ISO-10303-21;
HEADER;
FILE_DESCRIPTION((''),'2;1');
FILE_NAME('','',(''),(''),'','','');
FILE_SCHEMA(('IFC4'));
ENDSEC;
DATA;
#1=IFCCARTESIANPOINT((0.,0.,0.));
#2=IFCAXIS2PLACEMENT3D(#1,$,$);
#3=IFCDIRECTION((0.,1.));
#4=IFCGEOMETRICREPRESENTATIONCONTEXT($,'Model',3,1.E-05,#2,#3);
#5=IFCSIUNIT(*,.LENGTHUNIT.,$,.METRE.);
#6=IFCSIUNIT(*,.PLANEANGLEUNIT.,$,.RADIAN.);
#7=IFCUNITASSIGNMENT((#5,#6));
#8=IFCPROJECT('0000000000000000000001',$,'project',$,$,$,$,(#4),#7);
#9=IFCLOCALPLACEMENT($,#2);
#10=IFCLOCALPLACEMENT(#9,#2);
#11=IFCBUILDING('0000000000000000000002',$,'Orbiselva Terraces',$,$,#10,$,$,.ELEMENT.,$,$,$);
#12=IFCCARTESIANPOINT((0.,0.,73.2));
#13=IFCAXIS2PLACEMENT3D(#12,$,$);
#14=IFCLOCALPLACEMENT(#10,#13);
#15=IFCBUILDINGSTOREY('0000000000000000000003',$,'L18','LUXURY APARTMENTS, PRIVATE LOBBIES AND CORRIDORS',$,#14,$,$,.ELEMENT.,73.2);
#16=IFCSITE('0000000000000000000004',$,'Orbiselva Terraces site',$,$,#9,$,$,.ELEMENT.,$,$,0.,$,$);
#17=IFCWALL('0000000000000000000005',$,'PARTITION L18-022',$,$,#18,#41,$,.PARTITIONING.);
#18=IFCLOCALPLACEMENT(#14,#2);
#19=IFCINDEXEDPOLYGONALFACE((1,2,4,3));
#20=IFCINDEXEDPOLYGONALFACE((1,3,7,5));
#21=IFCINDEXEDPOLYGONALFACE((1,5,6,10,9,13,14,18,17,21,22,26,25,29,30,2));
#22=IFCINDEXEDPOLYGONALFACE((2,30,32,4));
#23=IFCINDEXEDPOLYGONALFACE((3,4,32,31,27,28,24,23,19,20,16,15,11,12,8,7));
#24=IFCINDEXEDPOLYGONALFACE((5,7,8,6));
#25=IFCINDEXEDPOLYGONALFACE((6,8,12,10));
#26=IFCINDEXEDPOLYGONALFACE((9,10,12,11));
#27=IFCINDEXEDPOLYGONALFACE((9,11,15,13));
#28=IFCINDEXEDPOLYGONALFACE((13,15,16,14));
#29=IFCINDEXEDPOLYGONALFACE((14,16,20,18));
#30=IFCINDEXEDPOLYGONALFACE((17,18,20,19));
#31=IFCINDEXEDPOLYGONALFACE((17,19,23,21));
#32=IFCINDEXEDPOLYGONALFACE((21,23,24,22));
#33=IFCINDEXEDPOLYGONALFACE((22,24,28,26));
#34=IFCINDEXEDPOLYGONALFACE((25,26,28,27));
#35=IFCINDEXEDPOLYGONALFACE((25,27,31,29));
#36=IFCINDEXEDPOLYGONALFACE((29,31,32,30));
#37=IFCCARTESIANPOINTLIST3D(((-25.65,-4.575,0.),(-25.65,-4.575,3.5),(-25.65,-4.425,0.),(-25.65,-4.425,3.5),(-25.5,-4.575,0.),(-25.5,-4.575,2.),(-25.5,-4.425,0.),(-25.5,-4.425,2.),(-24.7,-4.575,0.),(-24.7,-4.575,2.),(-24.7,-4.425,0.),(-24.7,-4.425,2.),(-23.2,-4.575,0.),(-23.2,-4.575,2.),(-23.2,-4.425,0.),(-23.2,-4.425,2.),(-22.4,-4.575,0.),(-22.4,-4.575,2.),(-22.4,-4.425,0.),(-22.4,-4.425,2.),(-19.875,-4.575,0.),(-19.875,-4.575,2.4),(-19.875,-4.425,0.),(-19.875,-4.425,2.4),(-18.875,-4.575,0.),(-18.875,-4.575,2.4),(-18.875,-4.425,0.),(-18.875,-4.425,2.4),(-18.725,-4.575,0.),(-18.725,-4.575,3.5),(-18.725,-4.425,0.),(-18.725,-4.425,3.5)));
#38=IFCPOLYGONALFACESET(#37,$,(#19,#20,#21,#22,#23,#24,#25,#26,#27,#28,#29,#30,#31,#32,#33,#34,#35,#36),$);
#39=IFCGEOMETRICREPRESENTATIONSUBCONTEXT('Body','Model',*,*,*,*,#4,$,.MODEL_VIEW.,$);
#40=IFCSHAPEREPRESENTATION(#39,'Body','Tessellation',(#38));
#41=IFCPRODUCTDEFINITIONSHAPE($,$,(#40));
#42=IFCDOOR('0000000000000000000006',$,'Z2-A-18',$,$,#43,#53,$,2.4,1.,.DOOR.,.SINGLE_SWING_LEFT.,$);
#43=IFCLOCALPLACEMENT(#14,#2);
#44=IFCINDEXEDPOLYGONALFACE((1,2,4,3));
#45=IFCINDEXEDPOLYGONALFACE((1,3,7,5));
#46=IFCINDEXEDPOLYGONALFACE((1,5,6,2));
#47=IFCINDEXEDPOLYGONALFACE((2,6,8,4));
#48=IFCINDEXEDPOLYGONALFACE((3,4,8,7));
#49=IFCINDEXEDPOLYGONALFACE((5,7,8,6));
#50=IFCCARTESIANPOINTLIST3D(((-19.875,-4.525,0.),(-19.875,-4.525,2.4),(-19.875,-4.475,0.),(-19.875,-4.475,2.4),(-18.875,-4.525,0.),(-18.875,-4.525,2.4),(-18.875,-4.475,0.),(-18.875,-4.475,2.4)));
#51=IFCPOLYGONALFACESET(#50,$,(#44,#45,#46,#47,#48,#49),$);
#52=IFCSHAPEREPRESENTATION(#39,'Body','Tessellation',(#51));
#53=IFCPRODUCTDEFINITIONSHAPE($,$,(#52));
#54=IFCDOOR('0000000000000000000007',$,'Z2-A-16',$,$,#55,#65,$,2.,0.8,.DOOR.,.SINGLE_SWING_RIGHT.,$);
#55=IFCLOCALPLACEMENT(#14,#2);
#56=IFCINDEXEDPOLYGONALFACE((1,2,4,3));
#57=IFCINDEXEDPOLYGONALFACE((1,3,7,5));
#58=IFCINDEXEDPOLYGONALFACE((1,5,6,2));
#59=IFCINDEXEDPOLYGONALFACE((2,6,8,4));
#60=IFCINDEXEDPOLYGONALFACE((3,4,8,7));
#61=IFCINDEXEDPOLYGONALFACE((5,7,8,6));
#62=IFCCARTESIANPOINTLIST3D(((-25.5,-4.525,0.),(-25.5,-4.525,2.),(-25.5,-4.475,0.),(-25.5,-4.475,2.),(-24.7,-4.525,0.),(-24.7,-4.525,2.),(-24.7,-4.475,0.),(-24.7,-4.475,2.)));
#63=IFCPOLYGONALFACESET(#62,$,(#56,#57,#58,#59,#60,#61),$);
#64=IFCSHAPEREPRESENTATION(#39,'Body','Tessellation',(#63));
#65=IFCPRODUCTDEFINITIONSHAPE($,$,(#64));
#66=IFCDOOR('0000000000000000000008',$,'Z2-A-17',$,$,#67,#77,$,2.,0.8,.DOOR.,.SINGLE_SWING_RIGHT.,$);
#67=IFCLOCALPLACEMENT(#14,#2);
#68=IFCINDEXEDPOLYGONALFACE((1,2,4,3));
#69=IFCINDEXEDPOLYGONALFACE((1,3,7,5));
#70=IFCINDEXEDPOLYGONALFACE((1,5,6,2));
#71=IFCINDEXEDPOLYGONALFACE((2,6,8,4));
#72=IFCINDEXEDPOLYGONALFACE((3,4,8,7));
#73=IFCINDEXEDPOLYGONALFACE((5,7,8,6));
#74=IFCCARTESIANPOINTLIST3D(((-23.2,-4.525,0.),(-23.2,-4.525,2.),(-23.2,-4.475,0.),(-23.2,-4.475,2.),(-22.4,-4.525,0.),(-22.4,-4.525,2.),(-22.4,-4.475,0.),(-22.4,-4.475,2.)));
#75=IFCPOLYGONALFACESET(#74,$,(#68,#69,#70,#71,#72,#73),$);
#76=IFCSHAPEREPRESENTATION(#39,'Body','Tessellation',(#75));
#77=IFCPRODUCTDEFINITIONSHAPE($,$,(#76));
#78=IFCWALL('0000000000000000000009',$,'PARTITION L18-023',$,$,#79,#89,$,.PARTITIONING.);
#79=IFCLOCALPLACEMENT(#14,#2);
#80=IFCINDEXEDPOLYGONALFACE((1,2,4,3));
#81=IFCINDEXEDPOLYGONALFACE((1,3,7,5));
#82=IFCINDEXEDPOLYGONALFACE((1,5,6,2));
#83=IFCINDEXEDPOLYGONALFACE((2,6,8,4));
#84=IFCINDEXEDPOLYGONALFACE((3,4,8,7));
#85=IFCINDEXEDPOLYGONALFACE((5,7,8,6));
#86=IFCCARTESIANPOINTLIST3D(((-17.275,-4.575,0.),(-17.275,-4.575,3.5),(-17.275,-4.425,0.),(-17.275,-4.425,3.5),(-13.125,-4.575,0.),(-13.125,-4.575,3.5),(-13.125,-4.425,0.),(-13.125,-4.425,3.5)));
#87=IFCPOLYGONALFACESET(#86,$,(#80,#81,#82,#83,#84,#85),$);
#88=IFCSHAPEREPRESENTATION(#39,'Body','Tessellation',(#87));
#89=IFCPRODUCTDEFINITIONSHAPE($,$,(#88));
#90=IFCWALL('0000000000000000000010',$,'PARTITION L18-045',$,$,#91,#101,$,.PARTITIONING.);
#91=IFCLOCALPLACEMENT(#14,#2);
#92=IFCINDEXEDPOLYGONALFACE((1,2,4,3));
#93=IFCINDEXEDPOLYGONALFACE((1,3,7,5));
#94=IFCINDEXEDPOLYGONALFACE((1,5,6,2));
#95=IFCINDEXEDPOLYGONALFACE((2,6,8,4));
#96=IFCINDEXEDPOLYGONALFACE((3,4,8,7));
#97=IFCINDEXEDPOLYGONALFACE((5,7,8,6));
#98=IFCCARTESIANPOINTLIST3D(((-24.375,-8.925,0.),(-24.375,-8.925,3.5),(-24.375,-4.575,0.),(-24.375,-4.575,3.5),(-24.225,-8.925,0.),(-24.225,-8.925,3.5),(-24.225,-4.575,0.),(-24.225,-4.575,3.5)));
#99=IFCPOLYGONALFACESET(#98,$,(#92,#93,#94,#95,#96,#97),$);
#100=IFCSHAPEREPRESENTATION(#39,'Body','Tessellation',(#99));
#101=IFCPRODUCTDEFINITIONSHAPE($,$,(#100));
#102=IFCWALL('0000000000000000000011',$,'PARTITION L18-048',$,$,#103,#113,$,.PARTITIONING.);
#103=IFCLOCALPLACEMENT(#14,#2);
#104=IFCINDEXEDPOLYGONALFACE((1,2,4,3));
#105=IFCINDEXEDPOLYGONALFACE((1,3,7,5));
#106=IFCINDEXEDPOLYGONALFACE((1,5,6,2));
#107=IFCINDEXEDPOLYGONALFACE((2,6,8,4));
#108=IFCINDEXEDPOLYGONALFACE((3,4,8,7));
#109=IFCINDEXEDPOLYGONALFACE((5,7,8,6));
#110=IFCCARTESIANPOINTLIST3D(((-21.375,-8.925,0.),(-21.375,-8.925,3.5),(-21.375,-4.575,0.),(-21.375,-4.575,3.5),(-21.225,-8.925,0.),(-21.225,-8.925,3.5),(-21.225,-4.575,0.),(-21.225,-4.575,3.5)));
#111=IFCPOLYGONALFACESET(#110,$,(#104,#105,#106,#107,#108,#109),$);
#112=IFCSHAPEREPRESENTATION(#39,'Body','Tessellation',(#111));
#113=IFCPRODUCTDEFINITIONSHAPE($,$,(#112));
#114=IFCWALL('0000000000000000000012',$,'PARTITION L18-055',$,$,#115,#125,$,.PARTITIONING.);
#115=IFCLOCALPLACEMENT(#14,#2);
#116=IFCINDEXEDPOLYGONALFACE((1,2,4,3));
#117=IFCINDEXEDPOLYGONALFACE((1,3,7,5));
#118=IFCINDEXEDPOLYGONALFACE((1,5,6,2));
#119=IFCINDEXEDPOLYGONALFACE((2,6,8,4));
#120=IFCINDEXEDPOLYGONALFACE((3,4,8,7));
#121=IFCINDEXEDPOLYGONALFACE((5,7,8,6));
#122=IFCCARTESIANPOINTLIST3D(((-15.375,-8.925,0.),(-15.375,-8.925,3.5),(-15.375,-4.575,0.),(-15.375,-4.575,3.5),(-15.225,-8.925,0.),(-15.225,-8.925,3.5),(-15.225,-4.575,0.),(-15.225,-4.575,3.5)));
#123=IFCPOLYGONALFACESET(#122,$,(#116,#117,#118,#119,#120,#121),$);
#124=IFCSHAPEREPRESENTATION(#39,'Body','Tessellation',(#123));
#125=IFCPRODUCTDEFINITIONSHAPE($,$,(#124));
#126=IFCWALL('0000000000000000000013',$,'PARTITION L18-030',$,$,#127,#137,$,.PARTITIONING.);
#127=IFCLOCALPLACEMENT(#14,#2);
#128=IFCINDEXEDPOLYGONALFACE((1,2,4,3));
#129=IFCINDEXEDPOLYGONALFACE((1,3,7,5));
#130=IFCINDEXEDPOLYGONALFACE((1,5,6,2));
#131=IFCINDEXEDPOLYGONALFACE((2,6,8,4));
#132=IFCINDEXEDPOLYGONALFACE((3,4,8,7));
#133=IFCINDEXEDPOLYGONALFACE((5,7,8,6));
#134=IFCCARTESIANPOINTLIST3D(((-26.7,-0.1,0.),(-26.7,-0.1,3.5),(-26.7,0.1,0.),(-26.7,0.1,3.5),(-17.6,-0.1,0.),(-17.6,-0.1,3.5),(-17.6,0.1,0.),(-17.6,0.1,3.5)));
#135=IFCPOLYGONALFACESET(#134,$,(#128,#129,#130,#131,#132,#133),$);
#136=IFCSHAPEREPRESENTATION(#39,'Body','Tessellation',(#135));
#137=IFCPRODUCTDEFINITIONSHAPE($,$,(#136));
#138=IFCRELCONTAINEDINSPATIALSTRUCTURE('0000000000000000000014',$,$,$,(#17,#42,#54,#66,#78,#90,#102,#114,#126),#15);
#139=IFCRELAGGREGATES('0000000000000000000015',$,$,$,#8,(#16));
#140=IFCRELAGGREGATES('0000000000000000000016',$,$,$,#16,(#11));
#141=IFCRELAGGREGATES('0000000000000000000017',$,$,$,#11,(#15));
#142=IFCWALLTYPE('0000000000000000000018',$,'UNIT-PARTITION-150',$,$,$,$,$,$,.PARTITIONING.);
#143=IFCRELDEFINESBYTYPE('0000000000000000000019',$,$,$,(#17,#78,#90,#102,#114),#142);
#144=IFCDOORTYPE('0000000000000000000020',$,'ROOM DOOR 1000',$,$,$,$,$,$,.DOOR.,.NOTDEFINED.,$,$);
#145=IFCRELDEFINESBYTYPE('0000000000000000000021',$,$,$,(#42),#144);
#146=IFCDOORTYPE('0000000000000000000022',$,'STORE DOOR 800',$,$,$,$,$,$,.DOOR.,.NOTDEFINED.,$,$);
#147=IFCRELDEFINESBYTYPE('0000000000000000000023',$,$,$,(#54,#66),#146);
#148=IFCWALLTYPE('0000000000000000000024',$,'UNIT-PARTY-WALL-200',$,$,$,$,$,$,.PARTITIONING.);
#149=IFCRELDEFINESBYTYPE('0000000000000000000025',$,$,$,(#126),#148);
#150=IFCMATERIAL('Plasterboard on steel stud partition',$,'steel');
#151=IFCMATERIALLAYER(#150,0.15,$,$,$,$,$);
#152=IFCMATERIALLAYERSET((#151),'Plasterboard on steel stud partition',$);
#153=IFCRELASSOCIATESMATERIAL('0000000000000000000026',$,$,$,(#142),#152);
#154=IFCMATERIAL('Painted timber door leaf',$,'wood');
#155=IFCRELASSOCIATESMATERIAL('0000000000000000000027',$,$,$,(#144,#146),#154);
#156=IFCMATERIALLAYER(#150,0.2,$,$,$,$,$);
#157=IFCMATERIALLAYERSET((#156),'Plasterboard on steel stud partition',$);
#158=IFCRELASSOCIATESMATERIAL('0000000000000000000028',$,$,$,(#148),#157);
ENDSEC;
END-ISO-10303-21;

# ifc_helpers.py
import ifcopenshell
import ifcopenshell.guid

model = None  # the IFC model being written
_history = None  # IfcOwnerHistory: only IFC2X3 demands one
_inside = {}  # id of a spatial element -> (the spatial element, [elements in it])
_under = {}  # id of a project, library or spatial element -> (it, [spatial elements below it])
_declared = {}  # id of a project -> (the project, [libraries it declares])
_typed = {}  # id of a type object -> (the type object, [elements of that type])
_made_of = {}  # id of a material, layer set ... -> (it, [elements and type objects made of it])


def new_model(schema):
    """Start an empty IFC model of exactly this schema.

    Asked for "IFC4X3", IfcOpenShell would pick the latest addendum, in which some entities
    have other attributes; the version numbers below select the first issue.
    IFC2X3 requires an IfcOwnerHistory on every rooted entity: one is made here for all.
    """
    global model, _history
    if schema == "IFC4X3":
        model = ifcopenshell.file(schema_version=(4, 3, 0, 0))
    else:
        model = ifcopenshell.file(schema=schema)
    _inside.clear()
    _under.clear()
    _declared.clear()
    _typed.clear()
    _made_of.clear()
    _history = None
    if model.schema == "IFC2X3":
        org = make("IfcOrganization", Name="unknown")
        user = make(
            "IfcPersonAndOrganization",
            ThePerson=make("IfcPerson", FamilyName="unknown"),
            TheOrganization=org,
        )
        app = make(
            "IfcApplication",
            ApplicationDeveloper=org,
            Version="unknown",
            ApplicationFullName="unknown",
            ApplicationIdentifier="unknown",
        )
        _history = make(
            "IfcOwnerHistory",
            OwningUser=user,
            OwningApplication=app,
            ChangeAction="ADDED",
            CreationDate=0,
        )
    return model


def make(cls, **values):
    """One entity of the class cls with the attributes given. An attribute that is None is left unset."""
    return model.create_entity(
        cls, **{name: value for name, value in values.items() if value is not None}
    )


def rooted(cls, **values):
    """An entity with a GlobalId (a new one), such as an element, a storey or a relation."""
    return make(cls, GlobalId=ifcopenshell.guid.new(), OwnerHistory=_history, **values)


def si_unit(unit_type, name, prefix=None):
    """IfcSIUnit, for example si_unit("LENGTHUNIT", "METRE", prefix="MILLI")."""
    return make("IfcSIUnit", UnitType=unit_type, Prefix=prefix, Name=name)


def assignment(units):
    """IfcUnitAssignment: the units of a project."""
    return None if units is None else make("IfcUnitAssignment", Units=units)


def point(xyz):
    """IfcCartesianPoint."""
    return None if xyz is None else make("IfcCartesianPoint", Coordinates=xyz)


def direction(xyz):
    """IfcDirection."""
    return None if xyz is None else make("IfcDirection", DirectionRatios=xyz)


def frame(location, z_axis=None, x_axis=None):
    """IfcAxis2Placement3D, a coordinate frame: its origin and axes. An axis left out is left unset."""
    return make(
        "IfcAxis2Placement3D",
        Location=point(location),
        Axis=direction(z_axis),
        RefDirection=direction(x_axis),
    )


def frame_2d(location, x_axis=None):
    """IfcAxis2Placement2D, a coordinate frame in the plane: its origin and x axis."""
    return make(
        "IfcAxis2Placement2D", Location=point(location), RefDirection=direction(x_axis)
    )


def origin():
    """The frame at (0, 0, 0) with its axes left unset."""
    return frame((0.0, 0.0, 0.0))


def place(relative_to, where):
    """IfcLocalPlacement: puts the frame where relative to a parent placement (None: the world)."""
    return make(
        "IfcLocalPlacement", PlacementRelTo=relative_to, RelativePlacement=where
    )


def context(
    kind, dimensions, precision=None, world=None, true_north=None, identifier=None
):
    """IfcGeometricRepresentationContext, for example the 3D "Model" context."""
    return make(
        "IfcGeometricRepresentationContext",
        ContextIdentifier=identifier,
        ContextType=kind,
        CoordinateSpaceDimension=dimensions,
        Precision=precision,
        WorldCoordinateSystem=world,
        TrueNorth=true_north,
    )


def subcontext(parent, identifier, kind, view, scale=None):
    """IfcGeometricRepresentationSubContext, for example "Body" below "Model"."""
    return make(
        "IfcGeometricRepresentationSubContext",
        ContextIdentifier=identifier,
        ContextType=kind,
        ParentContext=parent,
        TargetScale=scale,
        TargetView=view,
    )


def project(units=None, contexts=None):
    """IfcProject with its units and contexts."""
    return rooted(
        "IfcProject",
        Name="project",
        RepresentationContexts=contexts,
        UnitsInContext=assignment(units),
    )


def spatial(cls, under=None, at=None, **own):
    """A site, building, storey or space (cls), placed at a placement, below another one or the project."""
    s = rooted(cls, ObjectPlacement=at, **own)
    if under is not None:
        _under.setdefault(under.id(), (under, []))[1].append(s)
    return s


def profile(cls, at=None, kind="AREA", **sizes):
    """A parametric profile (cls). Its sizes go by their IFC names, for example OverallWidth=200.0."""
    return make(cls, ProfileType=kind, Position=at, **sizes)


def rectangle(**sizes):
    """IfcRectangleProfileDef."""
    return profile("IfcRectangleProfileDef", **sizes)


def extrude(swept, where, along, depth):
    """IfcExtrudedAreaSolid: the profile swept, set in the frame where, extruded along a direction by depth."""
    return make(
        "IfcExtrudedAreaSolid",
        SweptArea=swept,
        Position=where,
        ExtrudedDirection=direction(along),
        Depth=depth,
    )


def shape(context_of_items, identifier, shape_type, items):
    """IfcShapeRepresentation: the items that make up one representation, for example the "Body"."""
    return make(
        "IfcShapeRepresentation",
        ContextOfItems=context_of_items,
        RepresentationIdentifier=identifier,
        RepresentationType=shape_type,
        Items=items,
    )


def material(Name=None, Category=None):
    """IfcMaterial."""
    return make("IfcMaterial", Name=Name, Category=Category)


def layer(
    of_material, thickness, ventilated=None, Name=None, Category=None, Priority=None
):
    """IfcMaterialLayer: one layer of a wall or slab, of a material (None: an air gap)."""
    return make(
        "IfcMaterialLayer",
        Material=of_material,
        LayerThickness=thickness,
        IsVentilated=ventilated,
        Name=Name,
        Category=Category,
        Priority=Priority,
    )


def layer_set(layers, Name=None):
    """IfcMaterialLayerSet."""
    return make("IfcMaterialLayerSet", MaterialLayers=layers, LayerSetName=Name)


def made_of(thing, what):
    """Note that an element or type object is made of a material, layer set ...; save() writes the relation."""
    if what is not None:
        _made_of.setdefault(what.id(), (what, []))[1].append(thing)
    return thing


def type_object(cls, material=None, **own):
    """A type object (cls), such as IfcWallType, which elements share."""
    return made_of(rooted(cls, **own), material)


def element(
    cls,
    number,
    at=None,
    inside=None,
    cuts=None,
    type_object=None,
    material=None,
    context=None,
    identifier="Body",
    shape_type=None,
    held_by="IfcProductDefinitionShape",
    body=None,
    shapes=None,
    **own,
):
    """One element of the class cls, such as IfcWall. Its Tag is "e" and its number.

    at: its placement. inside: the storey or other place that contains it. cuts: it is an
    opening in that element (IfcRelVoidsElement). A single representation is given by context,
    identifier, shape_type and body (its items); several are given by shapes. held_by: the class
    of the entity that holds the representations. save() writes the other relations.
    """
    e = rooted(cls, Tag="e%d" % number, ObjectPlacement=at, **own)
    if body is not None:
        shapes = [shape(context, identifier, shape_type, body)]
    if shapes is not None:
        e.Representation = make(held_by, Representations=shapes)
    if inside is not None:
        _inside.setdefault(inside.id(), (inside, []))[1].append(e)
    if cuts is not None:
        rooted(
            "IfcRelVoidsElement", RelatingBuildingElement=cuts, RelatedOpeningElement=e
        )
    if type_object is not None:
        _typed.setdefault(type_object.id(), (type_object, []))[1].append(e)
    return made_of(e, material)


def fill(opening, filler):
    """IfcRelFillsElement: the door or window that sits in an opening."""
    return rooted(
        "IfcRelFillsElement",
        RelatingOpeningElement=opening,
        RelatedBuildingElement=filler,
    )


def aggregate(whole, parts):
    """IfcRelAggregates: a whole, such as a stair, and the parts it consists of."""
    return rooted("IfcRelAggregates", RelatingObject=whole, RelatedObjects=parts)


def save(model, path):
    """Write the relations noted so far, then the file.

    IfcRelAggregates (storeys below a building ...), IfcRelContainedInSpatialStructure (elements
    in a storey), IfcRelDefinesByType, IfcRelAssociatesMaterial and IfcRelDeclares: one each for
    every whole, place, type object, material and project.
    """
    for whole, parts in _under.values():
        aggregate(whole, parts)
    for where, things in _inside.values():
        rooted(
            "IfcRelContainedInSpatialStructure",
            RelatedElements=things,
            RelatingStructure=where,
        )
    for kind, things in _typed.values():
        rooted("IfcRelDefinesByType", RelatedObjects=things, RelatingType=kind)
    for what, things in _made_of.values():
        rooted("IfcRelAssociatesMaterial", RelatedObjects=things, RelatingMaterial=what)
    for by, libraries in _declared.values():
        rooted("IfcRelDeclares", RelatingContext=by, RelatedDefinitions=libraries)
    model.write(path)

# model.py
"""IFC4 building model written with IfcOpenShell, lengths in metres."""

from ifc_helpers import new_model, si_unit, direction, frame, frame_2d, origin, place, context, subcontext, project, spatial, rectangle, extrude, material, layer, layer_set, type_object, element, fill, save


model = new_model("IFC4")

# Units and contexts
model_context = context("Model", 3, precision=1e-05, world=origin(), true_north=direction((0.0, 1.0)))
body_context = subcontext(model_context, "Body", "Model", "MODEL_VIEW")
ifc_project = project(units=[si_unit("LENGTHUNIT", "METRE"), si_unit("PLANEANGLEUNIT", "RADIAN")], contexts=[model_context])

# Site, building, storey
site_placement = place(None, origin())
site = spatial("IfcSite", under=ifc_project, at=site_placement, Name="Orbiselva Terraces site", CompositionType="ELEMENT", RefElevation=0.0)
building_placement = place(site_placement, origin())
building = spatial("IfcBuilding", under=site, at=building_placement, Name="Orbiselva Terraces", CompositionType="ELEMENT")
storey_placement = place(building_placement, frame((0.0, 0.0, 73.2)))
storey = spatial("IfcBuildingStorey", under=building, at=storey_placement, Name="L18", Description="LUXURY APARTMENTS, PRIVATE LOBBIES AND CORRIDORS", CompositionType="ELEMENT", Elevation=73.2)

# Shared definitions
ifc_material_1 = material(Name="Plasterboard on steel stud partition", Category="steel")

# Shared definitions
ifc_layer_1 = layer(ifc_material_1, 0.15)
ifc_layer_set_1 = layer_set([ifc_layer_1], Name="Plasterboard on steel stud partition")
wall_type_1 = type_object("IfcWallType", Name="UNIT-PARTITION-150", PredefinedType="PARTITIONING", material=ifc_layer_set_1)
ifc_material_2 = material(Name="Painted timber door leaf", Category="wood")

# Wall, openings, doors
wall_1_placement = place(storey_placement, frame((-18.725, -4.5, 0.0), z_axis=(0.0, 0.0, 1.0), x_axis=(-1.0, 0.0, 0.0)))
wall_1 = element("IfcWall", 1, at=wall_1_placement, inside=storey, type_object=wall_type_1, Name="PARTITION L18-022", PredefinedType="PARTITIONING", context=body_context, shape_type="SweptSolid", body=[
    extrude(rectangle(XDim=6.925, YDim=0.15, at=frame_2d((3.4625, 0.0))), origin(), (0.0, 0.0, 1.0), 3.5),
])
opening_1_placement = place(wall_1_placement, frame((5.975, 0.0, 0.0)))
opening_1 = element("IfcOpeningElement", 2, at=opening_1_placement, cuts=wall_1, PredefinedType="OPENING", context=body_context, shape_type="SweptSolid", body=[
    extrude(rectangle(XDim=0.8, YDim=2.0, at=frame_2d((0.4, 1.0))), frame((0.0, 0.085, 0.0), z_axis=(0.0, -1.0, 0.0), x_axis=(1.0, 0.0, 0.0)), (0.0, 0.0, 1.0), 0.17),
])
opening_2_placement = place(wall_1_placement, frame((3.675, 0.0, 0.0)))
opening_2 = element("IfcOpeningElement", 3, at=opening_2_placement, cuts=wall_1, PredefinedType="OPENING", context=body_context, shape_type="SweptSolid", body=[
    extrude(rectangle(XDim=0.8, YDim=2.0, at=frame_2d((0.4, 1.0))), frame((0.0, 0.085, 0.0), z_axis=(0.0, -1.0, 0.0), x_axis=(1.0, 0.0, 0.0)), (0.0, 0.0, 1.0), 0.17),
])
opening_3_placement = place(wall_1_placement, frame((0.15, 0.0, 0.0)))
opening_3 = element("IfcOpeningElement", 4, at=opening_3_placement, cuts=wall_1, PredefinedType="OPENING", context=body_context, shape_type="SweptSolid", body=[
    extrude(rectangle(XDim=1.0, YDim=2.4, at=frame_2d((0.5, 1.2))), frame((0.0, 0.085, 0.0), z_axis=(0.0, -1.0, 0.0), x_axis=(1.0, 0.0, 0.0)), (0.0, 0.0, 1.0), 0.17),
])
door_type_1 = type_object("IfcDoorType", Name="ROOM DOOR 1000", OperationType="NOTDEFINED", PredefinedType="DOOR", material=ifc_material_2)
door_1_placement = place(opening_3_placement, origin())
door_1 = element("IfcDoor", 5, at=door_1_placement, inside=storey, type_object=door_type_1, Name="Z2-A-18", OperationType="SINGLE_SWING_LEFT", OverallHeight=2.4, OverallWidth=1.0, PredefinedType="DOOR", context=body_context, shape_type="SweptSolid", body=[
    extrude(rectangle(XDim=1.0, YDim=2.4, at=frame_2d((0.5, 1.2))), frame((0.0, 0.025, 0.0), z_axis=(0.0, -1.0, 0.0), x_axis=(1.0, 0.0, 0.0)), (0.0, 0.0, 1.0), 0.05),
])
fill(opening_3, door_1)
door_type_2 = type_object("IfcDoorType", Name="STORE DOOR 800", OperationType="NOTDEFINED", PredefinedType="DOOR", material=ifc_material_2)
door_2_placement = place(opening_1_placement, origin())
door_2 = element("IfcDoor", 6, at=door_2_placement, inside=storey, type_object=door_type_2, Name="Z2-A-16", OperationType="SINGLE_SWING_RIGHT", OverallHeight=2.0, OverallWidth=0.8, PredefinedType="DOOR", context=body_context, shape_type="SweptSolid", body=[
    extrude(rectangle(XDim=0.8, YDim=2.0, at=frame_2d((0.4, 1.0))), frame((0.0, 0.025, 0.0), z_axis=(0.0, -1.0, 0.0), x_axis=(1.0, 0.0, 0.0)), (0.0, 0.0, 1.0), 0.05),
])
fill(opening_1, door_2)
door_3_placement = place(opening_2_placement, origin())
door_3 = element("IfcDoor", 7, at=door_3_placement, inside=storey, type_object=door_type_2, Name="Z2-A-17", OperationType="SINGLE_SWING_RIGHT", OverallHeight=2.0, OverallWidth=0.8, PredefinedType="DOOR", context=body_context, shape_type="SweptSolid", body=[
    extrude(rectangle(XDim=0.8, YDim=2.0, at=frame_2d((0.4, 1.0))), frame((0.0, 0.025, 0.0), z_axis=(0.0, -1.0, 0.0), x_axis=(1.0, 0.0, 0.0)), (0.0, 0.0, 1.0), 0.05),
])
fill(opening_2, door_3)

# Walls
wall_2_placement = place(storey_placement, frame((-17.275, -4.5, 0.0), z_axis=(0.0, 0.0, 1.0), x_axis=(1.0, 0.0, 0.0)))
element("IfcWall", 8, at=wall_2_placement, inside=storey, type_object=wall_type_1, Name="PARTITION L18-023", PredefinedType="PARTITIONING", context=body_context, shape_type="SweptSolid", body=[
    extrude(rectangle(XDim=4.15, YDim=0.15, at=frame_2d((2.075, 0.0))), origin(), (0.0, 0.0, 1.0), 3.5),
])
for number, where, z_axis, x_axis, name in (
    (9, (-24.3, -8.925, 0.0), (0.0, 0.0, 1.0), (0.0, 1.0, 0.0), "PARTITION L18-045"),
    (10, (-21.3, -8.925, 0.0), (0.0, 0.0, 1.0), (0.0, 1.0, 0.0), "PARTITION L18-048"),
    (11, (-15.3, -8.925, 0.0), (0.0, 0.0, 1.0), (0.0, 1.0, 0.0), "PARTITION L18-055"),
):
    element("IfcWall", number, at=place(storey_placement, frame(where, z_axis=z_axis, x_axis=x_axis)), inside=storey, type_object=wall_type_1, Name=name, PredefinedType="PARTITIONING", context=body_context, shape_type="SweptSolid", body=[
        extrude(rectangle(XDim=4.35, YDim=0.15, at=frame_2d((2.175, 0.0))), origin(), (0.0, 0.0, 1.0), 3.5),
    ])
ifc_layer_2 = layer(ifc_material_1, 0.2)
ifc_layer_set_2 = layer_set([ifc_layer_2], Name="Plasterboard on steel stud partition")
wall_type_2 = type_object("IfcWallType", Name="UNIT-PARTY-WALL-200", PredefinedType="PARTITIONING", material=ifc_layer_set_2)
wall_3_placement = place(storey_placement, frame((-26.7, 0.0, 0.0), z_axis=(0.0, 0.0, 1.0), x_axis=(1.0, 0.0, 0.0)))
element("IfcWall", 12, at=wall_3_placement, inside=storey, type_object=wall_type_2, Name="PARTITION L18-030", PredefinedType="PARTITIONING", context=body_context, shape_type="SweptSolid", body=[
    extrude(rectangle(XDim=9.1, YDim=0.2, at=frame_2d((4.55, 0.0))), origin(), (0.0, 0.0, 1.0), 3.5),
])

save(model, "model.ifc")
